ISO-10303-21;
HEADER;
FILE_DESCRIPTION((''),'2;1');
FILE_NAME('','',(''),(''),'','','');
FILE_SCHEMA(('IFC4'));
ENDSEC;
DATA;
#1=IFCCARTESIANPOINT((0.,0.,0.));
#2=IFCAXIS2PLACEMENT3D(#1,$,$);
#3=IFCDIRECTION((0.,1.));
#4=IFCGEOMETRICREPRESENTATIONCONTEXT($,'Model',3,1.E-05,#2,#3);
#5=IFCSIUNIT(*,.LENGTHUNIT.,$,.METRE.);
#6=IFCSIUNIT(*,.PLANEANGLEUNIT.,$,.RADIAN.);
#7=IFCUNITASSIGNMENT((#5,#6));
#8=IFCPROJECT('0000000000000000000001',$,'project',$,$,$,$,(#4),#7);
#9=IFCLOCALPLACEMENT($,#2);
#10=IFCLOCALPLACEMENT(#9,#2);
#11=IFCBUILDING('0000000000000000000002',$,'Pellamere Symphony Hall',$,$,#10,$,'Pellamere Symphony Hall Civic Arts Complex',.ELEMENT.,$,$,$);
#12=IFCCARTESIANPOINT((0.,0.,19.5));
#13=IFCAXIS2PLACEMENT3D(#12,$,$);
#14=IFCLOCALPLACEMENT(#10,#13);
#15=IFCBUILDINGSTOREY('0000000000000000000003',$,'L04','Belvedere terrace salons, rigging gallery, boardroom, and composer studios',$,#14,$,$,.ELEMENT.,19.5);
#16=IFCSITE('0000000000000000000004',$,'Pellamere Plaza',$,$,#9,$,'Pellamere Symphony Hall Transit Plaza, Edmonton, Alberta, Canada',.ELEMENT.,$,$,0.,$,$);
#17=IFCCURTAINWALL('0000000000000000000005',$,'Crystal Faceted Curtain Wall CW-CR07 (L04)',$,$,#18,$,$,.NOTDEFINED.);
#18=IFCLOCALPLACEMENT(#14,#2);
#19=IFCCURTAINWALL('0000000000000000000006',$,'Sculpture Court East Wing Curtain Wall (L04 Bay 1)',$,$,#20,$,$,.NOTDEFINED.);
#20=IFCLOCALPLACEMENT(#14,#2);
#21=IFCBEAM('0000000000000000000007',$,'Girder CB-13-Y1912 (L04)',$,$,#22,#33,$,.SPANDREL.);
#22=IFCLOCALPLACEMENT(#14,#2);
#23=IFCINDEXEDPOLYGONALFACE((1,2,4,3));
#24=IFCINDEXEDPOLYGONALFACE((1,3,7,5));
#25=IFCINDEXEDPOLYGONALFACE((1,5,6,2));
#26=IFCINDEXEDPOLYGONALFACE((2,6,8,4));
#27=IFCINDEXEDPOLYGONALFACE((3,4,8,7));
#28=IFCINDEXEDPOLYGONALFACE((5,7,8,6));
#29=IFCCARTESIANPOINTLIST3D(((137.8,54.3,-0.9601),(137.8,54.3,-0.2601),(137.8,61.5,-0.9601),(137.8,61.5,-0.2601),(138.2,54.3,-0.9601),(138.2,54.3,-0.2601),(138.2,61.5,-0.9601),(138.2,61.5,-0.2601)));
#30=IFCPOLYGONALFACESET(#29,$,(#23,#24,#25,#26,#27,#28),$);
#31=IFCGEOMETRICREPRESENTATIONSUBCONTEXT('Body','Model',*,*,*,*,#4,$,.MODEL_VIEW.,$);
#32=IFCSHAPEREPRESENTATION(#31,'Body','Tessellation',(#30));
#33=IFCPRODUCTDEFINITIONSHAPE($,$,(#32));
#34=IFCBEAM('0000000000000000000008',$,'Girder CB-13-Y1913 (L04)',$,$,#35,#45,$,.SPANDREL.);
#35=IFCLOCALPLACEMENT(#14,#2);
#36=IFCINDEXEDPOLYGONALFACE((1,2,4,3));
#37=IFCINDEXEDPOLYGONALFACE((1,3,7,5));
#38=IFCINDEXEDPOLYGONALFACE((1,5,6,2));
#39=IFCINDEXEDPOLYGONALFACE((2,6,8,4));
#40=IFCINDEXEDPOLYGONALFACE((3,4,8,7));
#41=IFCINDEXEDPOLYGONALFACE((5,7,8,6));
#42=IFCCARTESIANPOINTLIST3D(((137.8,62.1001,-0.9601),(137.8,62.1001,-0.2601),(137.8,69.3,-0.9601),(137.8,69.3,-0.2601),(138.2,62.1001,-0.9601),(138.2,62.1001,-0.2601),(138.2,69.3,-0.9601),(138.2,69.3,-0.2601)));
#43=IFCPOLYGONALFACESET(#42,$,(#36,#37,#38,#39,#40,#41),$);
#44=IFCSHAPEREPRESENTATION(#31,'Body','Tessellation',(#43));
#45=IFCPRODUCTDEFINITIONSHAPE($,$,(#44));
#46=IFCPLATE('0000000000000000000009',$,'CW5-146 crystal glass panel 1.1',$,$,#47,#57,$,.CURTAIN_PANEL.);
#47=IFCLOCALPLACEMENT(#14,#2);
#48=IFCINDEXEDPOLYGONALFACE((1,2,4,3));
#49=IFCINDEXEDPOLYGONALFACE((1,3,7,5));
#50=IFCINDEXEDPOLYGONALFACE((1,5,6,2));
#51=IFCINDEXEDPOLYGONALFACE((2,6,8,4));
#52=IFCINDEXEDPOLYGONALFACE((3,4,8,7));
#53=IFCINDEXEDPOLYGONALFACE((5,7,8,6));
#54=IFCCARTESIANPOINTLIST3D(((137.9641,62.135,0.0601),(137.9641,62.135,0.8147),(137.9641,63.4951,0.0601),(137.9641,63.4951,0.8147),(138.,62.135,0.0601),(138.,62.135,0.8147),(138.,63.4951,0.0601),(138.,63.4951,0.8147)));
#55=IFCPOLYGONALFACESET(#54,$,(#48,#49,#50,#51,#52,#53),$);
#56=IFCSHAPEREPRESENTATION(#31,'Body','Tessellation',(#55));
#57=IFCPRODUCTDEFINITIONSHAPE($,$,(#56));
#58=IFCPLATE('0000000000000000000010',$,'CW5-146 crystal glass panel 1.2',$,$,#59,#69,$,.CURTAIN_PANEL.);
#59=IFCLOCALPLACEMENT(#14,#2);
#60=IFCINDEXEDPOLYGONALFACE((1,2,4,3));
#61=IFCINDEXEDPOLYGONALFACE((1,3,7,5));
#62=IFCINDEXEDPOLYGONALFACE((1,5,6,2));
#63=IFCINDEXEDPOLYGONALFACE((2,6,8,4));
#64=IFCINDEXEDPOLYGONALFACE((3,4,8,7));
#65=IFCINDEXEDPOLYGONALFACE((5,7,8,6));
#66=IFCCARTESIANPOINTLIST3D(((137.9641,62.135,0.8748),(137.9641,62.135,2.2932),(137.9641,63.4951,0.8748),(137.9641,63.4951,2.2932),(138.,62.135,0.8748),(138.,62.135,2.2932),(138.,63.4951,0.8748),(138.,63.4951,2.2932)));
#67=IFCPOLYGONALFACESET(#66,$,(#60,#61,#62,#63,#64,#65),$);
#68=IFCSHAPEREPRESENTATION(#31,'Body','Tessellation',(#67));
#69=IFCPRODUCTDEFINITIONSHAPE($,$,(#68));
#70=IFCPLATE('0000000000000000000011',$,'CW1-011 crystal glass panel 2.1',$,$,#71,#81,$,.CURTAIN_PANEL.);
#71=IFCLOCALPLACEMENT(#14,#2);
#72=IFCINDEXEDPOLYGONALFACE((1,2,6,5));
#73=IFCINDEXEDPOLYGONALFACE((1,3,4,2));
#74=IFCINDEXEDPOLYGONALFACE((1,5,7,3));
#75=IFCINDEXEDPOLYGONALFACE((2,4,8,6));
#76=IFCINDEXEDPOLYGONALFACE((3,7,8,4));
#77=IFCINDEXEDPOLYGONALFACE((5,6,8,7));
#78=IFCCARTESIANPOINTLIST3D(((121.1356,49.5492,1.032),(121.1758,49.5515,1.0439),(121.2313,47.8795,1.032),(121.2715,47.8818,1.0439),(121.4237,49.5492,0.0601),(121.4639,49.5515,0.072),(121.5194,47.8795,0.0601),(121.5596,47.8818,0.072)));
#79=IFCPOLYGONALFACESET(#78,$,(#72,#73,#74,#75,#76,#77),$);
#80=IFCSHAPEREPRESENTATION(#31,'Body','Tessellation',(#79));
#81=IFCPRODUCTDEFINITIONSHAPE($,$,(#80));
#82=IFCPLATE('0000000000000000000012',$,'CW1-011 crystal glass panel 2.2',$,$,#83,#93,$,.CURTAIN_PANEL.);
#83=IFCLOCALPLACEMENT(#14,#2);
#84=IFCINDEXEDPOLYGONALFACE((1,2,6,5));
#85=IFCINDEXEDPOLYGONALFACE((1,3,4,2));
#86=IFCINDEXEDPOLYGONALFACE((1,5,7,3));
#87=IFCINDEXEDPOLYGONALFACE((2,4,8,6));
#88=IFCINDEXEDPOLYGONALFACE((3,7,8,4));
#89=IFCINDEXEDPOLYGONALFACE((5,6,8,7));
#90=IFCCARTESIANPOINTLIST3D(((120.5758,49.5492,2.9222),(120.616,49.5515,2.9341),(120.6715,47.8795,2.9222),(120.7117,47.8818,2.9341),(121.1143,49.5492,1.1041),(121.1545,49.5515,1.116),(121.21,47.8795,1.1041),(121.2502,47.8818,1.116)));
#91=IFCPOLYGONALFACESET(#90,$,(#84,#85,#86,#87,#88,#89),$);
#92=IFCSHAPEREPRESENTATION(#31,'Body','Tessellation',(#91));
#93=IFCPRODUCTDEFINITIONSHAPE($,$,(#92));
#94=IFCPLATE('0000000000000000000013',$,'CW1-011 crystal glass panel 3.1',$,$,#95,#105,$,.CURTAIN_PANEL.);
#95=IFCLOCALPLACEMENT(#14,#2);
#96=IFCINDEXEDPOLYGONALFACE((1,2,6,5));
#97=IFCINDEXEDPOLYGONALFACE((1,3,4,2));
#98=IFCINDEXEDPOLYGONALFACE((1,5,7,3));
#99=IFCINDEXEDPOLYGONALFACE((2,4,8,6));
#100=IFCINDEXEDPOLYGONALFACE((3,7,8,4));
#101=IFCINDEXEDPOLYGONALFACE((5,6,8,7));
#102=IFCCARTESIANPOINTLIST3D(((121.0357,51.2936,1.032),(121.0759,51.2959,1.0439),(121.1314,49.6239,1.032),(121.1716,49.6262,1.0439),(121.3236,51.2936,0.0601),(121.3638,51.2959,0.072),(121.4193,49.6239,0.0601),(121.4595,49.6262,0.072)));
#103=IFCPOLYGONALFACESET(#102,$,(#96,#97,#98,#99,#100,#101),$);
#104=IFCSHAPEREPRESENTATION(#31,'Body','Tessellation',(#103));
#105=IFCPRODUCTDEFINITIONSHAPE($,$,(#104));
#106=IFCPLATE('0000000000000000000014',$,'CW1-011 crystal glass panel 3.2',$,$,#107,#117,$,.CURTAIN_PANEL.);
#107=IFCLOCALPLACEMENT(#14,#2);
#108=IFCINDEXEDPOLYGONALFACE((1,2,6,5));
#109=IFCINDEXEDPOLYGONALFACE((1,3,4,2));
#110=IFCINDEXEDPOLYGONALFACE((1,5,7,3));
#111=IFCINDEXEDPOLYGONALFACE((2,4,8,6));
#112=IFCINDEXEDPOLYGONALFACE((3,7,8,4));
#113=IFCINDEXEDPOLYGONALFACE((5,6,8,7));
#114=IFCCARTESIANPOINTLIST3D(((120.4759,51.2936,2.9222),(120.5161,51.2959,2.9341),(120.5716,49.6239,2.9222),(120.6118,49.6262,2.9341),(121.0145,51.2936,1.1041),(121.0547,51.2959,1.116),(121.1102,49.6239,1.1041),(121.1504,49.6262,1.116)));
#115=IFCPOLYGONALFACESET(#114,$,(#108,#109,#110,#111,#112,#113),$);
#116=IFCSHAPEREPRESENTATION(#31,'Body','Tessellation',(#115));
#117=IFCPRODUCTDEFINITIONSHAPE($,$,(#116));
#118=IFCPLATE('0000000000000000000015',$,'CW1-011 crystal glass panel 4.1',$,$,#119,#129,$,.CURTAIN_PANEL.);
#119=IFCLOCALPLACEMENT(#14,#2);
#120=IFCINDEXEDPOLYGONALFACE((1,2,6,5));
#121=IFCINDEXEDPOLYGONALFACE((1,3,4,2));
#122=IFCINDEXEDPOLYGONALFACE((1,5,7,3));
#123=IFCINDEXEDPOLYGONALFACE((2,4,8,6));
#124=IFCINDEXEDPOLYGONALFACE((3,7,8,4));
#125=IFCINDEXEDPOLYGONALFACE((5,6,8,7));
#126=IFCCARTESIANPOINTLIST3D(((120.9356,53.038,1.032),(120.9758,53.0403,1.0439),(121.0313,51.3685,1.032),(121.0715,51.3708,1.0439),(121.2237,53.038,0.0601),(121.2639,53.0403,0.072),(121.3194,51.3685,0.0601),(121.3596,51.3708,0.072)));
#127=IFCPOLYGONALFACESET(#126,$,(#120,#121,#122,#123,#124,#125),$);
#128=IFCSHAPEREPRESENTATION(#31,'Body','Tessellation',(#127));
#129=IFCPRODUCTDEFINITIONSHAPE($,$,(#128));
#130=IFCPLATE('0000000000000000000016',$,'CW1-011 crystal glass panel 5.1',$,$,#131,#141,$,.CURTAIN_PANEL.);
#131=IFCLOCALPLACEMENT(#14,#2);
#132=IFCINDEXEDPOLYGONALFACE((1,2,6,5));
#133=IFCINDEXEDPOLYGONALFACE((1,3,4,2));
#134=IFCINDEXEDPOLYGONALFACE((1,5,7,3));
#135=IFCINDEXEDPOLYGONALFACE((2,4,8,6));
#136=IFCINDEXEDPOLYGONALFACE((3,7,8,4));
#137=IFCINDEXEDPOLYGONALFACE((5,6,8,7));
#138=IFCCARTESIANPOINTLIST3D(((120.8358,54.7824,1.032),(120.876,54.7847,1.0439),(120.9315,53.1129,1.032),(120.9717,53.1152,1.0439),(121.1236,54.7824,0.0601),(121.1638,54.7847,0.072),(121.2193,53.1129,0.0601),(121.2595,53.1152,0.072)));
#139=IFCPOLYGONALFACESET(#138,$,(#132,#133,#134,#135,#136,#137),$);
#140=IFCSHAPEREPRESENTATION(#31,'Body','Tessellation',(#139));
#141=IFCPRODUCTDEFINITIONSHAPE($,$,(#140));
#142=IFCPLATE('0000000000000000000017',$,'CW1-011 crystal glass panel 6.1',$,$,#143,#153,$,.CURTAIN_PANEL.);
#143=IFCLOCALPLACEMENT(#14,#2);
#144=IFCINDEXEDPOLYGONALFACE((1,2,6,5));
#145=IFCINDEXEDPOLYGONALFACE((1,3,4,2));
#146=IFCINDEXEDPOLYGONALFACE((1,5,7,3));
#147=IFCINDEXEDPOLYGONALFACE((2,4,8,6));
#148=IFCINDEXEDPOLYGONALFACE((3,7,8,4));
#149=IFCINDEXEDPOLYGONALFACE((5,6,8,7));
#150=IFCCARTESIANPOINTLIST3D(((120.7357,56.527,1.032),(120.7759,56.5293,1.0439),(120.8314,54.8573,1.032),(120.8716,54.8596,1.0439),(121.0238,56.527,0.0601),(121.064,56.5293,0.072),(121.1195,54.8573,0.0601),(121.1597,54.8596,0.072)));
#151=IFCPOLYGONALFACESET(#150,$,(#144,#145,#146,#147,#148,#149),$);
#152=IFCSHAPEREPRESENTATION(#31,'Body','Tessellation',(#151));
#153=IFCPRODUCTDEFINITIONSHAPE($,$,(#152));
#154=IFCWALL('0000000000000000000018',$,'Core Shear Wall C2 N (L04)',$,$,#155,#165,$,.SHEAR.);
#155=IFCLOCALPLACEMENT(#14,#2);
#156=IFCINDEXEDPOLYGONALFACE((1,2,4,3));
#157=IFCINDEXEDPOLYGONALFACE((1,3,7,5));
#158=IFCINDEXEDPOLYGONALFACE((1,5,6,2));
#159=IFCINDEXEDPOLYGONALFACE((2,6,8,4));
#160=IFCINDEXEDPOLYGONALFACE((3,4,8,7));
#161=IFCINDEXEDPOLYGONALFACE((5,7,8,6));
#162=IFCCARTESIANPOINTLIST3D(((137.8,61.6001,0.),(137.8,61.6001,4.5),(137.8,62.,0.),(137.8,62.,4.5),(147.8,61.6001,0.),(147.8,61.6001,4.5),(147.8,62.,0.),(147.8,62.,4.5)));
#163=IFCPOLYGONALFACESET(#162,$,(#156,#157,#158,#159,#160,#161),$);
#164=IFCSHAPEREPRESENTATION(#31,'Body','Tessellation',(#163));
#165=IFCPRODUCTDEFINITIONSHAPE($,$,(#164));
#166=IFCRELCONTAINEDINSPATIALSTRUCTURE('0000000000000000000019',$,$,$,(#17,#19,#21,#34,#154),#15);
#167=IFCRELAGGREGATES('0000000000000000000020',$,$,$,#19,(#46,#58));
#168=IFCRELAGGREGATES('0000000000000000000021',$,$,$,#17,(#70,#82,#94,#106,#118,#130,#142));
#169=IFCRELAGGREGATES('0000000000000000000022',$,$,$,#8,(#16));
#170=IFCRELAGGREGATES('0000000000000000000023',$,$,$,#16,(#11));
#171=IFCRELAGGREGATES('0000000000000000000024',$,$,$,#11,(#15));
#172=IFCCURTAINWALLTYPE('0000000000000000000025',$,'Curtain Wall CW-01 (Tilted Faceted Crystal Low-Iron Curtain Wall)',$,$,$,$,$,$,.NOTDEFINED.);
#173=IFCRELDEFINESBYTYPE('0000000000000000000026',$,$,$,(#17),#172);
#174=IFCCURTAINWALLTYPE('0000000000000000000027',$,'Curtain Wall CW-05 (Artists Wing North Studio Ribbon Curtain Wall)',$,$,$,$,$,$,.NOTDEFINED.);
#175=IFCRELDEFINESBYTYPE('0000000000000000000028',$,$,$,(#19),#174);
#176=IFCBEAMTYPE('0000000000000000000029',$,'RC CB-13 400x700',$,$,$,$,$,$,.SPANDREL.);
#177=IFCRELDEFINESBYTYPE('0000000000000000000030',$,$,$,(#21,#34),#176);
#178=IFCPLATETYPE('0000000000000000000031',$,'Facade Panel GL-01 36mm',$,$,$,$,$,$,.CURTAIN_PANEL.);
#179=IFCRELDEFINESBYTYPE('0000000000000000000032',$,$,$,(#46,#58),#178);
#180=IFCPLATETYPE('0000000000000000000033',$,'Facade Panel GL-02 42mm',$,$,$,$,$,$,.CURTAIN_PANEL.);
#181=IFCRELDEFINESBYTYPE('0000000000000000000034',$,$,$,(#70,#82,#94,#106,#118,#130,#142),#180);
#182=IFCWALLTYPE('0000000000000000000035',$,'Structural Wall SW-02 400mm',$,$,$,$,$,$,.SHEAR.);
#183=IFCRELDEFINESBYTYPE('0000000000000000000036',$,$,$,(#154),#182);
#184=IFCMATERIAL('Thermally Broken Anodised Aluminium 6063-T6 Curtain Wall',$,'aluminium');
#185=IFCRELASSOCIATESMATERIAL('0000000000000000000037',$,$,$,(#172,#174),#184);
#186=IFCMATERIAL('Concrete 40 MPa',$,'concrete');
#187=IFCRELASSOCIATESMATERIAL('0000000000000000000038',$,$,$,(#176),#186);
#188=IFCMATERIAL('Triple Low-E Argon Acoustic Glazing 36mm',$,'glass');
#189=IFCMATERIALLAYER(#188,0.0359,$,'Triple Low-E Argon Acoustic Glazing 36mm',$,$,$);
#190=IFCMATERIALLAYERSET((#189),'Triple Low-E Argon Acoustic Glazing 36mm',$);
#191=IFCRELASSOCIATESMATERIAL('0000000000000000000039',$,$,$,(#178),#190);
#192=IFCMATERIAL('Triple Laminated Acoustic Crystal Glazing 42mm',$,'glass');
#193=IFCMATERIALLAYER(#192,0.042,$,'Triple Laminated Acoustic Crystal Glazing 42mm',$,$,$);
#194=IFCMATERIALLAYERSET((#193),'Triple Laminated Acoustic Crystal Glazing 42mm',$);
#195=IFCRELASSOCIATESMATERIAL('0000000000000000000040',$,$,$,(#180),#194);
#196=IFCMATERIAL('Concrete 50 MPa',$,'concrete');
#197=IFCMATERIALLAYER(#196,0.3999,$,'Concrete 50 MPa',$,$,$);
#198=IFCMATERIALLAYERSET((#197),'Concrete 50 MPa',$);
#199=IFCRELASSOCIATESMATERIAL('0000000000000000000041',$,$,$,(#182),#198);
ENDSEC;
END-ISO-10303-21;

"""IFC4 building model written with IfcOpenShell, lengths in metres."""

from ifc_helpers import new_model, si_unit, direction, frame, frame_2d, origin, origin_2d, place, context, subcontext, project, spatial, polyline, rectangle, outline, extrude, material, layer, layer_set, material_profile, profile_set, type_object, element, aggregate, save


model = new_model("IFC4")

# Units and contexts
model_context = context("Model", 3, precision=1e-05, world=origin(), true_north=direction((0.0, 1.0)))
body_context = subcontext(model_context, "Body", "Model", "MODEL_VIEW")
ifc_project = project(units=[si_unit("LENGTHUNIT", "METRE"), si_unit("PLANEANGLEUNIT", "RADIAN")], contexts=[model_context])

# Site, building, storey
site_placement = place(None, origin())
site = spatial("IfcSite", under=ifc_project, at=site_placement, Name="Pellamere Plaza", LongName="Pellamere Symphony Hall Transit Plaza, Edmonton, Alberta, Canada", CompositionType="ELEMENT", RefElevation=0.0)
building_placement = place(site_placement, origin())
building = spatial("IfcBuilding", under=site, at=building_placement, Name="Pellamere Symphony Hall", LongName="Pellamere Symphony Hall Civic Arts Complex", CompositionType="ELEMENT")
storey_placement = place(building_placement, frame((0.0, 0.0, 19.5)))
storey = spatial("IfcBuildingStorey", under=building, at=storey_placement, Name="L04", Description="Belvedere terrace salons, rigging gallery, boardroom, and composer studios", CompositionType="ELEMENT", Elevation=19.5)

# Curtain wall
ifc_material_1 = material(Name="Thermally Broken Anodised Aluminium 6063-T6 Curtain Wall", Category="aluminium")
curtain_wall_type_1 = type_object("IfcCurtainWallType", Name="Curtain Wall CW-01 (Tilted Faceted Crystal Low-Iron Curtain Wall)", PredefinedType="NOTDEFINED", material=ifc_material_1)
curtain_wall_1_placement = place(storey_placement, origin())
curtain_wall_1 = element("IfcCurtainWall", 1, at=curtain_wall_1_placement, inside=storey, type_object=curtain_wall_type_1, Name="Crystal Faceted Curtain Wall CW-CR07 (L04)", PredefinedType="NOTDEFINED")

# Curtain wall
curtain_wall_type_2 = type_object("IfcCurtainWallType", Name="Curtain Wall CW-05 (Artists Wing North Studio Ribbon Curtain Wall)", PredefinedType="NOTDEFINED", material=ifc_material_1)
curtain_wall_2_placement = place(storey_placement, origin())
curtain_wall_2 = element("IfcCurtainWall", 2, at=curtain_wall_2_placement, inside=storey, type_object=curtain_wall_type_2, Name="Sculpture Court East Wing Curtain Wall (L04 Bay 1)", PredefinedType="NOTDEFINED")

# Beams
ifc_material_2 = material(Name="Concrete 40 MPa", Category="concrete")
ifc_material_profile_1 = material_profile(ifc_material_2, rectangle(XDim=0.3999, YDim=0.7, at=origin_2d()), Name="RC 400x700")
ifc_profile_set_1 = profile_set([ifc_material_profile_1], Name="Concrete 40 MPa")
beam_type = type_object("IfcBeamType", Name="RC CB-13 400x700", PredefinedType="SPANDREL", material=ifc_profile_set_1)
for number, where, z_axis, x_axis, name in (
    (3, (138.0, 54.3, -0.6101), (0.0, 1.0, 0.0), (-1.0, 0.0, 0.0), "Girder CB-13-Y1912 (L04)"),
    (4, (138.0, 62.1001, -0.6101), (0.0, 1.0, 0.0), (-1.0, 0.0, 0.0), "Girder CB-13-Y1913 (L04)"),
):
    element("IfcBeam", number, at=place(storey_placement, frame(where, z_axis=z_axis, x_axis=x_axis)), inside=storey, type_object=beam_type, Name=name, PredefinedType="SPANDREL", context=body_context, shape_type="SweptSolid", body=[
        extrude(rectangle(XDim=0.3999, YDim=0.7, at=origin_2d()), origin(), (0.0, 0.0, 1.0), 7.2),
    ])

# Plates
ifc_material_3 = material(Name="Triple Low-E Argon Acoustic Glazing 36mm", Category="glass")
ifc_layer_1 = layer(ifc_material_3, 0.0359, Name="Triple Low-E Argon Acoustic Glazing 36mm")
ifc_layer_set_1 = layer_set([ifc_layer_1], Name="Triple Low-E Argon Acoustic Glazing 36mm")
plate_type_1 = type_object("IfcPlateType", Name="Facade Panel GL-01 36mm", PredefinedType="CURTAIN_PANEL", material=ifc_layer_set_1)
plate_1_placement = place(storey_placement, frame((138.0, 62.135, 0.0601), z_axis=(1.0, 0.0, 0.0), x_axis=(0.0, 1.0, 0.0)))
plate_1 = element("IfcPlate", 5, at=plate_1_placement, type_object=plate_type_1, Name="CW5-146 crystal glass panel 1.1", PredefinedType="CURTAIN_PANEL", context=body_context, shape_type="SweptSolid", body=[
    extrude(outline(polyline([(0.0, 0.0), (1.3601, 0.0), (1.3601, 0.7546), (0.0, 0.7546), (0.0, 0.0)])), origin(), (0.0, 0.0, -1.0), 0.0359),
])
plate_2_placement = place(storey_placement, frame((138.0, 62.135, 0.8748), z_axis=(1.0, 0.0, 0.0), x_axis=(0.0, 1.0, 0.0)))
plate_2 = element("IfcPlate", 6, at=plate_2_placement, type_object=plate_type_1, Name="CW5-146 crystal glass panel 1.2", PredefinedType="CURTAIN_PANEL", context=body_context, shape_type="SweptSolid", body=[
    extrude(outline(polyline([(0.0, 0.0), (1.3601, 0.0), (1.3601, 1.4185), (0.0, 1.4185), (0.0, 0.0)])), origin(), (0.0, 0.0, -1.0), 0.0359),
])
aggregate(curtain_wall_2, [plate_1, plate_2])
ifc_material_4 = material(Name="Triple Laminated Acoustic Crystal Glazing 42mm", Category="glass")
ifc_layer_2 = layer(ifc_material_4, 0.042, Name="Triple Laminated Acoustic Crystal Glazing 42mm")
ifc_layer_set_2 = layer_set([ifc_layer_2], Name="Triple Laminated Acoustic Crystal Glazing 42mm")
plate_type_2 = type_object("IfcPlateType", Name="Facade Panel GL-02 42mm", PredefinedType="CURTAIN_PANEL", material=ifc_layer_set_2)
plate_3_placement = place(storey_placement, frame((121.5596, 47.8818, 0.072), z_axis=(0.957324, 0.054872, 0.283759), x_axis=(-0.057224, 0.998361, 0.0)))
plate_3 = element("IfcPlate", 7, at=plate_3_placement, type_object=plate_type_2, Name="CW1-011 crystal glass panel 2.1", PredefinedType="CURTAIN_PANEL", context=body_context, shape_type="SweptSolid", body=[
    extrude(outline(polyline([(0.0, 0.0), (1.6724, 0.0), (1.6889, 1.0136), (0.0165, 1.0136), (0.0, 0.0)])), origin(), (0.0, 0.0, -1.0), 0.042),
])
plate_4_placement = place(storey_placement, frame((121.2502, 47.8818, 1.116), z_axis=(0.957372, 0.054875, 0.283599), x_axis=(-0.057224, 0.998361, 0.0)))
plate_4 = element("IfcPlate", 8, at=plate_4_placement, type_object=plate_type_2, Name="CW1-011 crystal glass panel 2.2", PredefinedType="CURTAIN_PANEL", context=body_context, shape_type="SweptSolid", body=[
    extrude(outline(polyline([(0.0, 0.0), (1.6724, 0.0), (1.7032, 1.896), (0.0308, 1.896), (0.0, 0.0)])), origin(), (0.0, 0.0, -1.0), 0.042),
])
plate_5_placement = place(storey_placement, frame((121.4595, 49.6262, 0.072), z_axis=(0.95739, 0.054876, 0.283537), x_axis=(-0.057224, 0.998361, 0.0)))
plate_5 = element("IfcPlate", 9, at=plate_5_placement, type_object=plate_type_2, Name="CW1-011 crystal glass panel 3.1", PredefinedType="CURTAIN_PANEL", context=body_context, shape_type="SweptSolid", body=[
    extrude(outline(polyline([(0.0, 0.0), (1.6724, 0.0), (1.6889, 1.0135), (0.0165, 1.0135), (0.0, 0.0)])), origin(), (0.0, 0.0, -1.0), 0.042),
])
plate_6_placement = place(storey_placement, frame((121.1504, 49.6262, 1.116), z_axis=(0.957372, 0.054875, 0.283599), x_axis=(-0.057224, 0.998361, 0.0)))
plate_6 = element("IfcPlate", 10, at=plate_6_placement, type_object=plate_type_2, Name="CW1-011 crystal glass panel 3.2", PredefinedType="CURTAIN_PANEL", context=body_context, shape_type="SweptSolid", body=[
    extrude(outline(polyline([(0.0, 0.0), (1.6724, 0.0), (1.7032, 1.896), (0.0308, 1.896), (0.0, 0.0)])), origin(), (0.0, 0.0, -1.0), 0.042),
])
plate_7_placement = place(storey_placement, frame((121.3596, 51.3708, 0.072), z_axis=(0.957324, 0.05488, 0.283758), x_axis=(-0.057233, 0.998361, 0.0)))
plate_7 = element("IfcPlate", 11, at=plate_7_placement, type_object=plate_type_2, Name="CW1-011 crystal glass panel 4.1", PredefinedType="CURTAIN_PANEL", context=body_context, shape_type="SweptSolid", body=[
    extrude(outline(polyline([(0.0, 0.0), (1.6722, 0.0), (1.6887, 1.0136), (0.0165, 1.0136), (0.0, 0.0)])), origin(), (0.0, 0.0, -1.0), 0.042),
])
plate_8_placement = place(storey_placement, frame((121.2595, 53.1152, 0.072), z_axis=(0.957389, 0.054884, 0.283537), x_axis=(-0.057233, 0.998361, 0.0)))
plate_8 = element("IfcPlate", 12, at=plate_8_placement, type_object=plate_type_2, Name="CW1-011 crystal glass panel 5.1", PredefinedType="CURTAIN_PANEL", context=body_context, shape_type="SweptSolid", body=[
    extrude(outline(polyline([(0.0, 0.0), (1.6722, 0.0), (1.6886, 1.0135), (0.0165, 1.0135), (0.0, 0.0)])), origin(), (0.0, 0.0, -1.0), 0.042),
])
plate_9_placement = place(storey_placement, frame((121.1597, 54.8596, 0.072), z_axis=(0.957324, 0.054872, 0.283759), x_axis=(-0.057224, 0.998361, 0.0)))
plate_9 = element("IfcPlate", 13, at=plate_9_placement, type_object=plate_type_2, Name="CW1-011 crystal glass panel 6.1", PredefinedType="CURTAIN_PANEL", context=body_context, shape_type="SweptSolid", body=[
    extrude(outline(polyline([(0.0, 0.0), (1.6724, 0.0), (1.6889, 1.0136), (0.0165, 1.0136), (0.0, 0.0)])), origin(), (0.0, 0.0, -1.0), 0.042),
])
aggregate(curtain_wall_1, [plate_3, plate_4, plate_5, plate_6, plate_7, plate_8, plate_9])

# Wall
ifc_material_5 = material(Name="Concrete 50 MPa", Category="concrete")
ifc_layer_3 = layer(ifc_material_5, 0.3999, Name="Concrete 50 MPa")
ifc_layer_set_3 = layer_set([ifc_layer_3], Name="Concrete 50 MPa")
wall_type = type_object("IfcWallType", Name="Structural Wall SW-02 400mm", PredefinedType="SHEAR", material=ifc_layer_set_3)
wall_placement = place(storey_placement, frame((137.8, 61.8, 0.0), z_axis=(0.0, 0.0, 1.0), x_axis=(1.0, 0.0, 0.0)))
element("IfcWall", 14, at=wall_placement, inside=storey, type_object=wall_type, Name="Core Shear Wall C2 N (L04)", PredefinedType="SHEAR", context=body_context, shape_type="SweptSolid", body=[
    extrude(rectangle(XDim=10.0, YDim=0.3999, at=frame_2d((5.0, 0.0))), origin(), (0.0, 0.0, 1.0), 4.5),
])

save(model, "model.ifc")
